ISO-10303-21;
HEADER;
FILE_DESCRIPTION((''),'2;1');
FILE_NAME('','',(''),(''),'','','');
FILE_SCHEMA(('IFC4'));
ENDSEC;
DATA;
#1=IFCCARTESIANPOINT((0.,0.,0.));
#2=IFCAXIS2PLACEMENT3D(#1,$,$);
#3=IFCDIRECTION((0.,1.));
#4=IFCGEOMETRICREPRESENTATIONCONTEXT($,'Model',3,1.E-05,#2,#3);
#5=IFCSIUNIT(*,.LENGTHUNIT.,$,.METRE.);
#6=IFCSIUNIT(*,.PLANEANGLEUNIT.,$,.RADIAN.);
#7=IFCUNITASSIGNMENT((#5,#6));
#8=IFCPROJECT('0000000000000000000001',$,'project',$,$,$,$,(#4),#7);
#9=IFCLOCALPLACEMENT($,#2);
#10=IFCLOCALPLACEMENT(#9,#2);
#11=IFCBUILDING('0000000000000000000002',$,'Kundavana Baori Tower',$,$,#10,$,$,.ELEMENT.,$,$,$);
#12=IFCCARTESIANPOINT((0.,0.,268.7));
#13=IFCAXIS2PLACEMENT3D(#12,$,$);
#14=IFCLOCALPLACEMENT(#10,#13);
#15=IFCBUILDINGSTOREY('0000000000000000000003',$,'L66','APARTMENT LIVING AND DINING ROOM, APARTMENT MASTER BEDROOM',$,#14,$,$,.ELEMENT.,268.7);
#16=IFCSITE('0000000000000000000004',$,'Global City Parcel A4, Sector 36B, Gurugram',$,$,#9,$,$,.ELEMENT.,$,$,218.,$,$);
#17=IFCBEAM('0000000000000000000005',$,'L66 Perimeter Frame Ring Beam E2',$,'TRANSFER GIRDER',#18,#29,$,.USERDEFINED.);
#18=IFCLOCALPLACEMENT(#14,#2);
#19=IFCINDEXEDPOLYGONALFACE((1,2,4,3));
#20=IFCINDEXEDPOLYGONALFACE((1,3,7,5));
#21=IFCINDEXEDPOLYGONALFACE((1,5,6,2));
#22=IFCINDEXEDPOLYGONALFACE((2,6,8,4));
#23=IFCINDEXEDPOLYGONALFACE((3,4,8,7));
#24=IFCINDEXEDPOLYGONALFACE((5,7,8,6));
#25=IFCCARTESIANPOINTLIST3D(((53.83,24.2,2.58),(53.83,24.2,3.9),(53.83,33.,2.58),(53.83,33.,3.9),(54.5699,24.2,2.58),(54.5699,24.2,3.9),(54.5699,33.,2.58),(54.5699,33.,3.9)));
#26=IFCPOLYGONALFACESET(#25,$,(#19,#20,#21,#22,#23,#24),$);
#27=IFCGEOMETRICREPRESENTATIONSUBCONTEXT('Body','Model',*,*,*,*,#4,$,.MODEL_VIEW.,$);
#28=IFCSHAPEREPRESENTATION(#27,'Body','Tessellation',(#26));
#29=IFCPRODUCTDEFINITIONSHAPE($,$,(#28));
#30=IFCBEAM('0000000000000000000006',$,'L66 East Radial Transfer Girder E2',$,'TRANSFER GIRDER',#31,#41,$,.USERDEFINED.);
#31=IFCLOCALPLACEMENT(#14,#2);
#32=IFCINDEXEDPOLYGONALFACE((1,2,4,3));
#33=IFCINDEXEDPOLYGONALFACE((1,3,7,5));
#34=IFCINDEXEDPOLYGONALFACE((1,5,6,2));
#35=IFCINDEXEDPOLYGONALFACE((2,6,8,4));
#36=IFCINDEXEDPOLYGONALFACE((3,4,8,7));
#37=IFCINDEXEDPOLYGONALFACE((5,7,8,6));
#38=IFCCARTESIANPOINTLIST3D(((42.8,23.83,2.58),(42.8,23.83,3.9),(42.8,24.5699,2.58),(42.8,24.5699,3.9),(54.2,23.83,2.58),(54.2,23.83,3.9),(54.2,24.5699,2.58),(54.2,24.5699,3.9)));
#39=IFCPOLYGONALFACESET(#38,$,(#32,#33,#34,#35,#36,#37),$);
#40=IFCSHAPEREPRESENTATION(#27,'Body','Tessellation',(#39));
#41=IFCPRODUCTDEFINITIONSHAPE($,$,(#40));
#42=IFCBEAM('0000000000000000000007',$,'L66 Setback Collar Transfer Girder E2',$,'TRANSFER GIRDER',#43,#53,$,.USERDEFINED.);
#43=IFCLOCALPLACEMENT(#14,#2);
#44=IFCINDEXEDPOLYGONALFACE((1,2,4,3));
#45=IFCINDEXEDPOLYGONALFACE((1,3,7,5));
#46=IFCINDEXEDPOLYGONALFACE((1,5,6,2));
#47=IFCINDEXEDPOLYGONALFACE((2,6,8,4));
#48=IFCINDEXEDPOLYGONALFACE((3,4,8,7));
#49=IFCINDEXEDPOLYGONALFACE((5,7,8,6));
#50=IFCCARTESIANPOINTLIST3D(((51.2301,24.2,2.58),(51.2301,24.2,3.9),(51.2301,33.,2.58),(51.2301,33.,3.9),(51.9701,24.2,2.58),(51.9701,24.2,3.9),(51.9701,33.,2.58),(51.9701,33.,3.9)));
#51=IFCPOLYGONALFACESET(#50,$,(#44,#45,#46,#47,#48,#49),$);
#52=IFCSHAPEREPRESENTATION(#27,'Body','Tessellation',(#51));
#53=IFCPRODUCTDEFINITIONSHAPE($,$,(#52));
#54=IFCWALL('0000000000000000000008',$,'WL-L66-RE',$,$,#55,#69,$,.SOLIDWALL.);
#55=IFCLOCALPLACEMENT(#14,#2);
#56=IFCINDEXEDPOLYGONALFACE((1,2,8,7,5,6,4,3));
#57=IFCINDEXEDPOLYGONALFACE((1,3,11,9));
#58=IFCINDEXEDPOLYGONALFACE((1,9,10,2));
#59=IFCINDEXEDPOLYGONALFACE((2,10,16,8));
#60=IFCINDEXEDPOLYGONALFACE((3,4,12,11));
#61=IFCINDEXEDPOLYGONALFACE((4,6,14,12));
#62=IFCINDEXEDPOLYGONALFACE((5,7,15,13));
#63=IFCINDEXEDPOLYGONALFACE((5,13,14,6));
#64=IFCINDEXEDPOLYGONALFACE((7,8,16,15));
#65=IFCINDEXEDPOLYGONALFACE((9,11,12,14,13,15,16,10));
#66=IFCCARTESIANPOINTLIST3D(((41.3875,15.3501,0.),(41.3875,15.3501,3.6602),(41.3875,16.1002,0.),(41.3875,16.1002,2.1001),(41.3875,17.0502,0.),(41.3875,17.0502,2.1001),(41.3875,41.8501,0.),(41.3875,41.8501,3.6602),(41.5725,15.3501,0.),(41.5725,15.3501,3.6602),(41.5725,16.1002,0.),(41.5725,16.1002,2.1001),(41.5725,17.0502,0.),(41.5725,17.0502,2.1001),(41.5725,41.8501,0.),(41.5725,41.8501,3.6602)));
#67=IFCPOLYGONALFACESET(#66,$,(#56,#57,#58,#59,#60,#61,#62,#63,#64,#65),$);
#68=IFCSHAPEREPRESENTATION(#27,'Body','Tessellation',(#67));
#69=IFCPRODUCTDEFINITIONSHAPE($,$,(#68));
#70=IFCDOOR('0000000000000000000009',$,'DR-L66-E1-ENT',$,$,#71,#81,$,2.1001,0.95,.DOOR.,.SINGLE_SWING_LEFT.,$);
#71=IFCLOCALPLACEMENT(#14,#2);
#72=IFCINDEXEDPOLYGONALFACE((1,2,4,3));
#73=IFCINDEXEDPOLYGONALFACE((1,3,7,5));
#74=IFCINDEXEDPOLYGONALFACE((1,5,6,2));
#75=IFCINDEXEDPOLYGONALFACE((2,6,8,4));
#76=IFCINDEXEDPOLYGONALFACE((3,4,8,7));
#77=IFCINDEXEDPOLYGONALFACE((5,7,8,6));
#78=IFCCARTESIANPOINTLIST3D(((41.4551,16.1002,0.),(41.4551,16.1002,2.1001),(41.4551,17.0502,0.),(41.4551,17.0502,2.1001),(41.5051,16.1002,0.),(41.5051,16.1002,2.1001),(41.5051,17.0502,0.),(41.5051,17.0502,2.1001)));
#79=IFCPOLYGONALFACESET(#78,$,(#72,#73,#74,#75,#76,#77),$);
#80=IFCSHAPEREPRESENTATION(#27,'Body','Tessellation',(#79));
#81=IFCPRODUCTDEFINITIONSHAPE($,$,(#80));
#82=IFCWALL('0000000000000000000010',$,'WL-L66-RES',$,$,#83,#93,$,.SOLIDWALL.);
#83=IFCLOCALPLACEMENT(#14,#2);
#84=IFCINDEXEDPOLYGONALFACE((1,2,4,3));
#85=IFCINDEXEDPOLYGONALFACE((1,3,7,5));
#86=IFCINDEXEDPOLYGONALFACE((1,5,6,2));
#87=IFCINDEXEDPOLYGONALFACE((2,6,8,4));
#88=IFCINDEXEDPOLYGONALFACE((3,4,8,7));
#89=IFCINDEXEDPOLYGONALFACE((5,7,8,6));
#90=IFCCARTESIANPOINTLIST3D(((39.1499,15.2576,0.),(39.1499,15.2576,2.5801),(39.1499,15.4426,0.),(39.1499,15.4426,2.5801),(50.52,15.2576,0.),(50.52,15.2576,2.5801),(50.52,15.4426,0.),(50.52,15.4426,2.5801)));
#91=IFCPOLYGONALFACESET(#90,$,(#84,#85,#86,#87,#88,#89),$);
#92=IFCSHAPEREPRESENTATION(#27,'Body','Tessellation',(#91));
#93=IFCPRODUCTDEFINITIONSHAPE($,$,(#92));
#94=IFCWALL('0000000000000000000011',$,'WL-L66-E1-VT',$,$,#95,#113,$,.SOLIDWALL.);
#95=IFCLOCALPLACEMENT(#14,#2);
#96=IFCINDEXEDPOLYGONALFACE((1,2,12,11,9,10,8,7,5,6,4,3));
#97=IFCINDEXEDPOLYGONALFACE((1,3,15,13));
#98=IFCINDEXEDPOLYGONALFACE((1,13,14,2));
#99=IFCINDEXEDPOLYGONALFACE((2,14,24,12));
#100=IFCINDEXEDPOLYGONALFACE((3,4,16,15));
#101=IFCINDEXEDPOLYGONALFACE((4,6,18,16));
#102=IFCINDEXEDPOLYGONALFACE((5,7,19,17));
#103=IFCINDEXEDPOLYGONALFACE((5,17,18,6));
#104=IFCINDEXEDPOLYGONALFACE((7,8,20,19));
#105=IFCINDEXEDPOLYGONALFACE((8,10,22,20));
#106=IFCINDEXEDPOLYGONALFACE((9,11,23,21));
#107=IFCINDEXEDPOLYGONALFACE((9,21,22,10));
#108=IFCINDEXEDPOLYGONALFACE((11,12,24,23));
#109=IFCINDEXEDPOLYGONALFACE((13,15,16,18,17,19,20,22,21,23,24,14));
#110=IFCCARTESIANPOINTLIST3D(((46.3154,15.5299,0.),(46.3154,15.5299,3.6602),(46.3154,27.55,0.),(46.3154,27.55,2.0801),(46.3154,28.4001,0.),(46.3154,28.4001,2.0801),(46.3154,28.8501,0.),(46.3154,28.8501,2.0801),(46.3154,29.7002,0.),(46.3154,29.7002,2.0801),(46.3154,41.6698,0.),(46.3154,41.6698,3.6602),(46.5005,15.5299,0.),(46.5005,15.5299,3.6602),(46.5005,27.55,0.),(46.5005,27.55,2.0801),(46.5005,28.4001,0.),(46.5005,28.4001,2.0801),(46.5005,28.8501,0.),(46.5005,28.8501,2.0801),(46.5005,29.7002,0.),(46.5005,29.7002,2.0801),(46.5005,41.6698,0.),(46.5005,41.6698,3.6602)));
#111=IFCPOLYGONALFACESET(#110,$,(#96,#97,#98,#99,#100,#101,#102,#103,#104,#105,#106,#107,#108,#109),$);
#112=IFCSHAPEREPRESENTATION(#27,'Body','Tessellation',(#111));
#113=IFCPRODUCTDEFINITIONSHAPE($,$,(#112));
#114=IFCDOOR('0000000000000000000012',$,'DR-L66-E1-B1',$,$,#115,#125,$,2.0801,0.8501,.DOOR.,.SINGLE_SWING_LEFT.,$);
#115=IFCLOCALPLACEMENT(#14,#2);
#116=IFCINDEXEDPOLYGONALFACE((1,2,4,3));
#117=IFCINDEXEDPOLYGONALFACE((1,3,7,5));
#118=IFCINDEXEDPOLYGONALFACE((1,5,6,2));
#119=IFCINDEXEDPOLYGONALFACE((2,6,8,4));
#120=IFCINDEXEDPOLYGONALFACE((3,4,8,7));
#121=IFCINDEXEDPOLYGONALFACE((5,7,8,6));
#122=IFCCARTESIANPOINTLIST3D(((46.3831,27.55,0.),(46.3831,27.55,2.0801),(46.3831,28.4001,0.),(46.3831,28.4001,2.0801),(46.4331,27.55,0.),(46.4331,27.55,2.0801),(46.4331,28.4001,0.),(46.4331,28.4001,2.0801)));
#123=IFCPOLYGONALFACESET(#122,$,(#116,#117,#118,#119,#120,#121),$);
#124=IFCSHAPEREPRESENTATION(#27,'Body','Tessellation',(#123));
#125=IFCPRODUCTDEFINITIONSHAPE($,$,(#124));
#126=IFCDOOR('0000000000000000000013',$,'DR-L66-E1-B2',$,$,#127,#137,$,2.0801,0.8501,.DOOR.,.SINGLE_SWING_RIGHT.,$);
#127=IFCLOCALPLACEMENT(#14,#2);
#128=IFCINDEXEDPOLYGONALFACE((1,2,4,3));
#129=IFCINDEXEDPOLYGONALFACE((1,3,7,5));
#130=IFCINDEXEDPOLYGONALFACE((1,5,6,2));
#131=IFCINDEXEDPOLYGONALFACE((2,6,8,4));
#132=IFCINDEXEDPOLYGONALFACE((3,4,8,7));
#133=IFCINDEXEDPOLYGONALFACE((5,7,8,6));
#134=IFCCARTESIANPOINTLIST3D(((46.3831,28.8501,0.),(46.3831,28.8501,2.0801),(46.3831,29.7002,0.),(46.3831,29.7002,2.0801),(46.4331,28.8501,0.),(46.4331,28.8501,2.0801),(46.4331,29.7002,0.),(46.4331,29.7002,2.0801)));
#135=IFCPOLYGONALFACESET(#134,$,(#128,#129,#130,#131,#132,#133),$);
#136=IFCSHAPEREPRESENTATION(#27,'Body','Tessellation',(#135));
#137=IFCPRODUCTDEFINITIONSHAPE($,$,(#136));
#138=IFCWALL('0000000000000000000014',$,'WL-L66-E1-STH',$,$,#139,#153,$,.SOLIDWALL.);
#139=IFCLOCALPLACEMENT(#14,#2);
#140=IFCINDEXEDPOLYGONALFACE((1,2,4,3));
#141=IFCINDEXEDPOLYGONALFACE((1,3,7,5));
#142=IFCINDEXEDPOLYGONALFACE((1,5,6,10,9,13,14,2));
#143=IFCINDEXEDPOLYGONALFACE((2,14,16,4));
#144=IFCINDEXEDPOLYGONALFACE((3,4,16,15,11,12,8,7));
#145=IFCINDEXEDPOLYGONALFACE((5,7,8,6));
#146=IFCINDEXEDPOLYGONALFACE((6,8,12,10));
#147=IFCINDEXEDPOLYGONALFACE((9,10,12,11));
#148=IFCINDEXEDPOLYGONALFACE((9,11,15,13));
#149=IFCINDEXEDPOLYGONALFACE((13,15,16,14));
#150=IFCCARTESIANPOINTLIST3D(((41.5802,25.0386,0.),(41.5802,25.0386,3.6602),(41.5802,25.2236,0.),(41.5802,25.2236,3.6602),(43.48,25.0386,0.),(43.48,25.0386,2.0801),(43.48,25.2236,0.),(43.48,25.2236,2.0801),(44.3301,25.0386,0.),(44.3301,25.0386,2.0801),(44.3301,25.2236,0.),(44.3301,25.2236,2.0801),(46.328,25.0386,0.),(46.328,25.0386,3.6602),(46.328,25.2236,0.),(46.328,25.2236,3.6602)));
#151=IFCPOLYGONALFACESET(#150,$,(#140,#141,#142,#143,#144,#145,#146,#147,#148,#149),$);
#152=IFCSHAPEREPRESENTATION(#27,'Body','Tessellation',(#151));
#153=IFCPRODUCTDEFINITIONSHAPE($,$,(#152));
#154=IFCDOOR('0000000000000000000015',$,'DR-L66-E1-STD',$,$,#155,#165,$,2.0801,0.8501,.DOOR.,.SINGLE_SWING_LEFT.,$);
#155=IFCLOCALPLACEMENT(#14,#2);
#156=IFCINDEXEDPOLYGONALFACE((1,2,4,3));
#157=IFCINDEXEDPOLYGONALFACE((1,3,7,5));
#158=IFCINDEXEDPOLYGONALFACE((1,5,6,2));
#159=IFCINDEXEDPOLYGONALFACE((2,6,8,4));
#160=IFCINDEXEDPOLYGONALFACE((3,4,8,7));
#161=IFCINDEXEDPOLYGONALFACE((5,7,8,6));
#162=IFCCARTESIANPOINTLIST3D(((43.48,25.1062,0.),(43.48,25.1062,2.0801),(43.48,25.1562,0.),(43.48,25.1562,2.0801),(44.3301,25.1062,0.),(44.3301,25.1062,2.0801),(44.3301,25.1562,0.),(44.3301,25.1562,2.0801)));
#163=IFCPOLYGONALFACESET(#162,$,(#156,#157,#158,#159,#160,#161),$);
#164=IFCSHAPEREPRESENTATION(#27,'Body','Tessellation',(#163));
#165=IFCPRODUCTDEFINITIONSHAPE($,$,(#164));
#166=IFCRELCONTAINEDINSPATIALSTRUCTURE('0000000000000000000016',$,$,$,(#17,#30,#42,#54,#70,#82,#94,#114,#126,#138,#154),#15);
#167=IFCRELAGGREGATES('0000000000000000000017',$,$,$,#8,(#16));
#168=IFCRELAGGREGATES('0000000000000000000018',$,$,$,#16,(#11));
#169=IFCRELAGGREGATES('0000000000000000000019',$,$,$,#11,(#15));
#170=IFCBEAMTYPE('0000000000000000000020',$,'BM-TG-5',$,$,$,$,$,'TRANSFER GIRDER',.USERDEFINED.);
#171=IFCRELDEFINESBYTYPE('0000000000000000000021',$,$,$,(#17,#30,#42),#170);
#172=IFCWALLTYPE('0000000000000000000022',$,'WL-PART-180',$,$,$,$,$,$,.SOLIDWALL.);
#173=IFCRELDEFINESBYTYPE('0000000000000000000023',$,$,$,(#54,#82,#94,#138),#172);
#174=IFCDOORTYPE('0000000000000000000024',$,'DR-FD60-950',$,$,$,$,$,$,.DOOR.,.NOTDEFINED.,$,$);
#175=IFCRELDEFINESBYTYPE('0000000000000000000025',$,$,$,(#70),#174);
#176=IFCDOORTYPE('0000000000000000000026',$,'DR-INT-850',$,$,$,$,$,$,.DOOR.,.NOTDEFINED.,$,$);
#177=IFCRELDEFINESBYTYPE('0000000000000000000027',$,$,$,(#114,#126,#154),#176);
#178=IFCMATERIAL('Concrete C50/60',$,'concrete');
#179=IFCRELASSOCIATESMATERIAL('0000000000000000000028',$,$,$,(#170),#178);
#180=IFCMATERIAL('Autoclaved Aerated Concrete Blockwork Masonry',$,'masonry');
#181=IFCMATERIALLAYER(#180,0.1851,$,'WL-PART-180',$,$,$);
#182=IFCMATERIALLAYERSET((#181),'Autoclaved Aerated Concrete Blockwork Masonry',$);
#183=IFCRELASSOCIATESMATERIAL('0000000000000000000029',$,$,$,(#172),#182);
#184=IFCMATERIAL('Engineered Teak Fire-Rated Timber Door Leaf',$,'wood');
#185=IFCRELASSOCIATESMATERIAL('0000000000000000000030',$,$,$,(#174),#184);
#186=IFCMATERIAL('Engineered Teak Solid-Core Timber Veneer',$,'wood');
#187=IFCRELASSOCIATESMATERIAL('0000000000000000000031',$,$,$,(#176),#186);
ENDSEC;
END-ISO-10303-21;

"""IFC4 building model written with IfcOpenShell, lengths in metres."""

from ifc_helpers import new_model, si_unit, direction, frame, frame_2d, origin, origin_2d, place, context, subcontext, project, spatial, rectangle, extrude, material, layer, layer_set, material_profile, profile_set, type_object, element, fill, save


model = new_model("IFC4")

# Units and contexts
model_context = context("Model", 3, precision=1e-05, world=origin(), true_north=direction((0.0, 1.0)))
body_context = subcontext(model_context, "Body", "Model", "MODEL_VIEW")
ifc_project = project(units=[si_unit("LENGTHUNIT", "METRE"), si_unit("PLANEANGLEUNIT", "RADIAN")], contexts=[model_context])

# Site, building, storey
site_placement = place(None, origin())
site = spatial("IfcSite", under=ifc_project, at=site_placement, Name="Global City Parcel A4, Sector 36B, Gurugram", CompositionType="ELEMENT", RefElevation=218.0)
building_placement = place(site_placement, origin())
building = spatial("IfcBuilding", under=site, at=building_placement, Name="Kundavana Baori Tower", CompositionType="ELEMENT")
storey_placement = place(building_placement, frame((0.0, 0.0, 268.7)))
storey = spatial("IfcBuildingStorey", under=building, at=storey_placement, Name="L66", Description="APARTMENT LIVING AND DINING ROOM, APARTMENT MASTER BEDROOM", CompositionType="ELEMENT", Elevation=268.7)

# Beams
ifc_material_1 = material(Name="Concrete C50/60", Category="concrete")
ifc_material_profile_1 = material_profile(ifc_material_1, rectangle(XDim=0.74, YDim=1.3201, at=origin_2d()), Name="BM-TG-5")
ifc_profile_set_1 = profile_set([ifc_material_profile_1], Name="Concrete C50/60")
beam_type_1 = type_object("IfcBeamType", Name="BM-TG-5", ElementType="TRANSFER GIRDER", PredefinedType="USERDEFINED", material=ifc_profile_set_1)
beam_1_placement = place(storey_placement, frame((54.2, 24.2, 3.24), z_axis=(0.0, 1.0, 0.0), x_axis=(-1.0, 0.0, 0.0)))
element("IfcBeam", 1, at=beam_1_placement, inside=storey, type_object=beam_type_1, Name="L66 Perimeter Frame Ring Beam E2", ObjectType="TRANSFER GIRDER", PredefinedType="USERDEFINED", context=body_context, shape_type="SweptSolid", body=[
    extrude(rectangle(XDim=0.74, YDim=1.3201, at=origin_2d()), origin(), (0.0, 0.0, 1.0), 8.8),
])
beam_2_placement = place(storey_placement, frame((42.8, 24.2, 3.24), z_axis=(1.0, 0.0, 0.0), x_axis=(0.0, 1.0, 0.0)))
element("IfcBeam", 2, at=beam_2_placement, inside=storey, type_object=beam_type_1, Name="L66 East Radial Transfer Girder E2", ObjectType="TRANSFER GIRDER", PredefinedType="USERDEFINED", context=body_context, shape_type="SweptSolid", body=[
    extrude(rectangle(XDim=0.74, YDim=1.3201, at=origin_2d()), origin(), (0.0, 0.0, 1.0), 11.3999),
])
beam_3_placement = place(storey_placement, frame((51.6001, 24.2, 3.24), z_axis=(0.0, 1.0, 0.0), x_axis=(-1.0, 0.0, 0.0)))
element("IfcBeam", 3, at=beam_3_placement, inside=storey, type_object=beam_type_1, Name="L66 Setback Collar Transfer Girder E2", ObjectType="TRANSFER GIRDER", PredefinedType="USERDEFINED", context=body_context, shape_type="SweptSolid", body=[
    extrude(rectangle(XDim=0.74, YDim=1.3201, at=origin_2d()), origin(), (0.0, 0.0, 1.0), 8.8),
])

# Wall, opening, door
ifc_material_2 = material(Name="Autoclaved Aerated Concrete Blockwork Masonry", Category="masonry")
ifc_layer = layer(ifc_material_2, 0.1851, Name="WL-PART-180")
ifc_layer_set = layer_set([ifc_layer], Name="Autoclaved Aerated Concrete Blockwork Masonry")
wall_type = type_object("IfcWallType", Name="WL-PART-180", PredefinedType="SOLIDWALL", material=ifc_layer_set)
wall_1_placement = place(storey_placement, frame((41.48, 15.3501, 0.0), z_axis=(0.0, 0.0, 1.0), x_axis=(0.0, 1.0, 0.0)))
wall_1 = element("IfcWall", 4, at=wall_1_placement, inside=storey, type_object=wall_type, Name="WL-L66-RE", PredefinedType="SOLIDWALL", context=body_context, shape_type="SweptSolid", body=[
    extrude(rectangle(XDim=26.5, YDim=0.1851, at=frame_2d((13.25, 0.0))), origin(), (0.0, 0.0, 1.0), 3.6602),
])
opening_1_placement = place(wall_1_placement, frame((0.75, 0.0, 0.0)))
opening_1 = element("IfcOpeningElement", 5, at=opening_1_placement, cuts=wall_1, PredefinedType="OPENING", context=body_context, shape_type="SweptSolid", body=[
    extrude(rectangle(XDim=0.95, YDim=2.1001, at=frame_2d((0.4751, 1.05))), frame((0.0, 0.1025, 0.0), z_axis=(0.0, -1.0, 0.0), x_axis=(1.0, 0.0, 0.0)), (0.0, 0.0, 1.0), 0.2051),
])
ifc_material_3 = material(Name="Engineered Teak Fire-Rated Timber Door Leaf", Category="wood")
door_type_1 = type_object("IfcDoorType", Name="DR-FD60-950", OperationType="NOTDEFINED", PredefinedType="DOOR", material=ifc_material_3)
door_1_placement = place(opening_1_placement, origin())
door_1 = element("IfcDoor", 6, at=door_1_placement, inside=storey, type_object=door_type_1, Name="DR-L66-E1-ENT", OperationType="SINGLE_SWING_LEFT", OverallHeight=2.1001, OverallWidth=0.95, PredefinedType="DOOR", context=body_context, shape_type="SweptSolid", body=[
    extrude(rectangle(XDim=0.95, YDim=2.1001, at=frame_2d((0.4751, 1.05))), frame((0.0, 0.0249, 0.0), z_axis=(0.0, -1.0, 0.0), x_axis=(1.0, 0.0, 0.0)), (0.0, 0.0, 1.0), 0.05),
])
fill(opening_1, door_1)

# Wall
wall_2_placement = place(storey_placement, frame((39.1499, 15.3501, 0.0), z_axis=(0.0, 0.0, 1.0), x_axis=(1.0, 0.0, 0.0)))
element("IfcWall", 7, at=wall_2_placement, inside=storey, type_object=wall_type, Name="WL-L66-RES", PredefinedType="SOLIDWALL", context=body_context, shape_type="SweptSolid", body=[
    extrude(rectangle(XDim=11.3701, YDim=0.1851, at=frame_2d((5.6851, 0.0))), origin(), (0.0, 0.0, 1.0), 2.5801),
])

# Wall, openings, doors
wall_3_placement = place(storey_placement, frame((46.408, 15.53, 0.0), z_axis=(0.0, 0.0, 1.0), x_axis=(0.0, 1.0, 0.0)))
wall_3 = element("IfcWall", 8, at=wall_3_placement, inside=storey, type_object=wall_type, Name="WL-L66-E1-VT", PredefinedType="SOLIDWALL", context=body_context, shape_type="SweptSolid", body=[
    extrude(rectangle(XDim=26.1399, YDim=0.1851, at=frame_2d((13.0698, 0.0))), origin(), (0.0, 0.0, 1.0), 3.6602),
])
opening_2_placement = place(wall_3_placement, frame((12.02, 0.0, 0.0)))
opening_2 = element("IfcOpeningElement", 9, at=opening_2_placement, cuts=wall_3, PredefinedType="OPENING", context=body_context, shape_type="SweptSolid", body=[
    extrude(rectangle(XDim=0.8501, YDim=2.0801, at=frame_2d((0.425, 1.04))), frame((0.0, 0.1025, 0.0), z_axis=(0.0, -1.0, 0.0), x_axis=(1.0, 0.0, 0.0)), (0.0, 0.0, 1.0), 0.2051),
])
opening_3_placement = place(wall_3_placement, frame((13.3201, 0.0, 0.0)))
opening_3 = element("IfcOpeningElement", 10, at=opening_3_placement, cuts=wall_3, PredefinedType="OPENING", context=body_context, shape_type="SweptSolid", body=[
    extrude(rectangle(XDim=0.8501, YDim=2.0801, at=frame_2d((0.425, 1.04))), frame((0.0, 0.1025, 0.0), z_axis=(0.0, -1.0, 0.0), x_axis=(1.0, 0.0, 0.0)), (0.0, 0.0, 1.0), 0.2051),
])
ifc_material_4 = material(Name="Engineered Teak Solid-Core Timber Veneer", Category="wood")
door_type_2 = type_object("IfcDoorType", Name="DR-INT-850", OperationType="NOTDEFINED", PredefinedType="DOOR", material=ifc_material_4)
door_2_placement = place(opening_2_placement, origin())
door_2 = element("IfcDoor", 11, at=door_2_placement, inside=storey, type_object=door_type_2, Name="DR-L66-E1-B1", OperationType="SINGLE_SWING_LEFT", OverallHeight=2.0801, OverallWidth=0.8501, PredefinedType="DOOR", context=body_context, shape_type="SweptSolid", body=[
    extrude(rectangle(XDim=0.8501, YDim=2.0801, at=frame_2d((0.425, 1.04))), frame((0.0, 0.0249, 0.0), z_axis=(0.0, -1.0, 0.0), x_axis=(1.0, 0.0, 0.0)), (0.0, 0.0, 1.0), 0.05),
])
fill(opening_2, door_2)
door_3_placement = place(opening_3_placement, origin())
door_3 = element("IfcDoor", 12, at=door_3_placement, inside=storey, type_object=door_type_2, Name="DR-L66-E1-B2", OperationType="SINGLE_SWING_RIGHT", OverallHeight=2.0801, OverallWidth=0.8501, PredefinedType="DOOR", context=body_context, shape_type="SweptSolid", body=[
    extrude(rectangle(XDim=0.8501, YDim=2.0801, at=frame_2d((0.425, 1.04))), frame((0.0, 0.0249, 0.0), z_axis=(0.0, -1.0, 0.0), x_axis=(1.0, 0.0, 0.0)), (0.0, 0.0, 1.0), 0.05),
])
fill(opening_3, door_3)

# Wall, opening, door
wall_4_placement = place(storey_placement, frame((41.5801, 25.1311, 0.0), z_axis=(0.0, 0.0, 1.0), x_axis=(1.0, 0.0, 0.0)))
wall_4 = element("IfcWall", 13, at=wall_4_placement, inside=storey, type_object=wall_type, Name="WL-L66-E1-STH", PredefinedType="SOLIDWALL", context=body_context, shape_type="SweptSolid", body=[
    extrude(rectangle(XDim=4.7478, YDim=0.1851, at=frame_2d((2.374, 0.0))), origin(), (0.0, 0.0, 1.0), 3.6602),
])
opening_4_placement = place(wall_4_placement, frame((1.8999, 0.0, 0.0)))
opening_4 = element("IfcOpeningElement", 14, at=opening_4_placement, cuts=wall_4, PredefinedType="OPENING", context=body_context, shape_type="SweptSolid", body=[
    extrude(rectangle(XDim=0.8501, YDim=2.0801, at=frame_2d((0.425, 1.04))), frame((0.0, 0.1025, 0.0), z_axis=(0.0, -1.0, 0.0), x_axis=(1.0, 0.0, 0.0)), (0.0, 0.0, 1.0), 0.2051),
])
door_4_placement = place(opening_4_placement, frame((0.8501, 0.0, 0.0), z_axis=(0.0, 0.0, 1.0), x_axis=(-1.0, 0.0, 0.0)))
door_4 = element("IfcDoor", 15, at=door_4_placement, inside=storey, type_object=door_type_2, Name="DR-L66-E1-STD", OperationType="SINGLE_SWING_LEFT", OverallHeight=2.0801, OverallWidth=0.8501, PredefinedType="DOOR", context=body_context, shape_type="SweptSolid", body=[
    extrude(rectangle(XDim=0.8501, YDim=2.0801, at=frame_2d((0.425, 1.04))), frame((0.0, 0.0249, 0.0), z_axis=(0.0, -1.0, 0.0), x_axis=(1.0, 0.0, 0.0)), (0.0, 0.0, 1.0), 0.05),
])
fill(opening_4, door_4)

save(model, "model.ifc")
